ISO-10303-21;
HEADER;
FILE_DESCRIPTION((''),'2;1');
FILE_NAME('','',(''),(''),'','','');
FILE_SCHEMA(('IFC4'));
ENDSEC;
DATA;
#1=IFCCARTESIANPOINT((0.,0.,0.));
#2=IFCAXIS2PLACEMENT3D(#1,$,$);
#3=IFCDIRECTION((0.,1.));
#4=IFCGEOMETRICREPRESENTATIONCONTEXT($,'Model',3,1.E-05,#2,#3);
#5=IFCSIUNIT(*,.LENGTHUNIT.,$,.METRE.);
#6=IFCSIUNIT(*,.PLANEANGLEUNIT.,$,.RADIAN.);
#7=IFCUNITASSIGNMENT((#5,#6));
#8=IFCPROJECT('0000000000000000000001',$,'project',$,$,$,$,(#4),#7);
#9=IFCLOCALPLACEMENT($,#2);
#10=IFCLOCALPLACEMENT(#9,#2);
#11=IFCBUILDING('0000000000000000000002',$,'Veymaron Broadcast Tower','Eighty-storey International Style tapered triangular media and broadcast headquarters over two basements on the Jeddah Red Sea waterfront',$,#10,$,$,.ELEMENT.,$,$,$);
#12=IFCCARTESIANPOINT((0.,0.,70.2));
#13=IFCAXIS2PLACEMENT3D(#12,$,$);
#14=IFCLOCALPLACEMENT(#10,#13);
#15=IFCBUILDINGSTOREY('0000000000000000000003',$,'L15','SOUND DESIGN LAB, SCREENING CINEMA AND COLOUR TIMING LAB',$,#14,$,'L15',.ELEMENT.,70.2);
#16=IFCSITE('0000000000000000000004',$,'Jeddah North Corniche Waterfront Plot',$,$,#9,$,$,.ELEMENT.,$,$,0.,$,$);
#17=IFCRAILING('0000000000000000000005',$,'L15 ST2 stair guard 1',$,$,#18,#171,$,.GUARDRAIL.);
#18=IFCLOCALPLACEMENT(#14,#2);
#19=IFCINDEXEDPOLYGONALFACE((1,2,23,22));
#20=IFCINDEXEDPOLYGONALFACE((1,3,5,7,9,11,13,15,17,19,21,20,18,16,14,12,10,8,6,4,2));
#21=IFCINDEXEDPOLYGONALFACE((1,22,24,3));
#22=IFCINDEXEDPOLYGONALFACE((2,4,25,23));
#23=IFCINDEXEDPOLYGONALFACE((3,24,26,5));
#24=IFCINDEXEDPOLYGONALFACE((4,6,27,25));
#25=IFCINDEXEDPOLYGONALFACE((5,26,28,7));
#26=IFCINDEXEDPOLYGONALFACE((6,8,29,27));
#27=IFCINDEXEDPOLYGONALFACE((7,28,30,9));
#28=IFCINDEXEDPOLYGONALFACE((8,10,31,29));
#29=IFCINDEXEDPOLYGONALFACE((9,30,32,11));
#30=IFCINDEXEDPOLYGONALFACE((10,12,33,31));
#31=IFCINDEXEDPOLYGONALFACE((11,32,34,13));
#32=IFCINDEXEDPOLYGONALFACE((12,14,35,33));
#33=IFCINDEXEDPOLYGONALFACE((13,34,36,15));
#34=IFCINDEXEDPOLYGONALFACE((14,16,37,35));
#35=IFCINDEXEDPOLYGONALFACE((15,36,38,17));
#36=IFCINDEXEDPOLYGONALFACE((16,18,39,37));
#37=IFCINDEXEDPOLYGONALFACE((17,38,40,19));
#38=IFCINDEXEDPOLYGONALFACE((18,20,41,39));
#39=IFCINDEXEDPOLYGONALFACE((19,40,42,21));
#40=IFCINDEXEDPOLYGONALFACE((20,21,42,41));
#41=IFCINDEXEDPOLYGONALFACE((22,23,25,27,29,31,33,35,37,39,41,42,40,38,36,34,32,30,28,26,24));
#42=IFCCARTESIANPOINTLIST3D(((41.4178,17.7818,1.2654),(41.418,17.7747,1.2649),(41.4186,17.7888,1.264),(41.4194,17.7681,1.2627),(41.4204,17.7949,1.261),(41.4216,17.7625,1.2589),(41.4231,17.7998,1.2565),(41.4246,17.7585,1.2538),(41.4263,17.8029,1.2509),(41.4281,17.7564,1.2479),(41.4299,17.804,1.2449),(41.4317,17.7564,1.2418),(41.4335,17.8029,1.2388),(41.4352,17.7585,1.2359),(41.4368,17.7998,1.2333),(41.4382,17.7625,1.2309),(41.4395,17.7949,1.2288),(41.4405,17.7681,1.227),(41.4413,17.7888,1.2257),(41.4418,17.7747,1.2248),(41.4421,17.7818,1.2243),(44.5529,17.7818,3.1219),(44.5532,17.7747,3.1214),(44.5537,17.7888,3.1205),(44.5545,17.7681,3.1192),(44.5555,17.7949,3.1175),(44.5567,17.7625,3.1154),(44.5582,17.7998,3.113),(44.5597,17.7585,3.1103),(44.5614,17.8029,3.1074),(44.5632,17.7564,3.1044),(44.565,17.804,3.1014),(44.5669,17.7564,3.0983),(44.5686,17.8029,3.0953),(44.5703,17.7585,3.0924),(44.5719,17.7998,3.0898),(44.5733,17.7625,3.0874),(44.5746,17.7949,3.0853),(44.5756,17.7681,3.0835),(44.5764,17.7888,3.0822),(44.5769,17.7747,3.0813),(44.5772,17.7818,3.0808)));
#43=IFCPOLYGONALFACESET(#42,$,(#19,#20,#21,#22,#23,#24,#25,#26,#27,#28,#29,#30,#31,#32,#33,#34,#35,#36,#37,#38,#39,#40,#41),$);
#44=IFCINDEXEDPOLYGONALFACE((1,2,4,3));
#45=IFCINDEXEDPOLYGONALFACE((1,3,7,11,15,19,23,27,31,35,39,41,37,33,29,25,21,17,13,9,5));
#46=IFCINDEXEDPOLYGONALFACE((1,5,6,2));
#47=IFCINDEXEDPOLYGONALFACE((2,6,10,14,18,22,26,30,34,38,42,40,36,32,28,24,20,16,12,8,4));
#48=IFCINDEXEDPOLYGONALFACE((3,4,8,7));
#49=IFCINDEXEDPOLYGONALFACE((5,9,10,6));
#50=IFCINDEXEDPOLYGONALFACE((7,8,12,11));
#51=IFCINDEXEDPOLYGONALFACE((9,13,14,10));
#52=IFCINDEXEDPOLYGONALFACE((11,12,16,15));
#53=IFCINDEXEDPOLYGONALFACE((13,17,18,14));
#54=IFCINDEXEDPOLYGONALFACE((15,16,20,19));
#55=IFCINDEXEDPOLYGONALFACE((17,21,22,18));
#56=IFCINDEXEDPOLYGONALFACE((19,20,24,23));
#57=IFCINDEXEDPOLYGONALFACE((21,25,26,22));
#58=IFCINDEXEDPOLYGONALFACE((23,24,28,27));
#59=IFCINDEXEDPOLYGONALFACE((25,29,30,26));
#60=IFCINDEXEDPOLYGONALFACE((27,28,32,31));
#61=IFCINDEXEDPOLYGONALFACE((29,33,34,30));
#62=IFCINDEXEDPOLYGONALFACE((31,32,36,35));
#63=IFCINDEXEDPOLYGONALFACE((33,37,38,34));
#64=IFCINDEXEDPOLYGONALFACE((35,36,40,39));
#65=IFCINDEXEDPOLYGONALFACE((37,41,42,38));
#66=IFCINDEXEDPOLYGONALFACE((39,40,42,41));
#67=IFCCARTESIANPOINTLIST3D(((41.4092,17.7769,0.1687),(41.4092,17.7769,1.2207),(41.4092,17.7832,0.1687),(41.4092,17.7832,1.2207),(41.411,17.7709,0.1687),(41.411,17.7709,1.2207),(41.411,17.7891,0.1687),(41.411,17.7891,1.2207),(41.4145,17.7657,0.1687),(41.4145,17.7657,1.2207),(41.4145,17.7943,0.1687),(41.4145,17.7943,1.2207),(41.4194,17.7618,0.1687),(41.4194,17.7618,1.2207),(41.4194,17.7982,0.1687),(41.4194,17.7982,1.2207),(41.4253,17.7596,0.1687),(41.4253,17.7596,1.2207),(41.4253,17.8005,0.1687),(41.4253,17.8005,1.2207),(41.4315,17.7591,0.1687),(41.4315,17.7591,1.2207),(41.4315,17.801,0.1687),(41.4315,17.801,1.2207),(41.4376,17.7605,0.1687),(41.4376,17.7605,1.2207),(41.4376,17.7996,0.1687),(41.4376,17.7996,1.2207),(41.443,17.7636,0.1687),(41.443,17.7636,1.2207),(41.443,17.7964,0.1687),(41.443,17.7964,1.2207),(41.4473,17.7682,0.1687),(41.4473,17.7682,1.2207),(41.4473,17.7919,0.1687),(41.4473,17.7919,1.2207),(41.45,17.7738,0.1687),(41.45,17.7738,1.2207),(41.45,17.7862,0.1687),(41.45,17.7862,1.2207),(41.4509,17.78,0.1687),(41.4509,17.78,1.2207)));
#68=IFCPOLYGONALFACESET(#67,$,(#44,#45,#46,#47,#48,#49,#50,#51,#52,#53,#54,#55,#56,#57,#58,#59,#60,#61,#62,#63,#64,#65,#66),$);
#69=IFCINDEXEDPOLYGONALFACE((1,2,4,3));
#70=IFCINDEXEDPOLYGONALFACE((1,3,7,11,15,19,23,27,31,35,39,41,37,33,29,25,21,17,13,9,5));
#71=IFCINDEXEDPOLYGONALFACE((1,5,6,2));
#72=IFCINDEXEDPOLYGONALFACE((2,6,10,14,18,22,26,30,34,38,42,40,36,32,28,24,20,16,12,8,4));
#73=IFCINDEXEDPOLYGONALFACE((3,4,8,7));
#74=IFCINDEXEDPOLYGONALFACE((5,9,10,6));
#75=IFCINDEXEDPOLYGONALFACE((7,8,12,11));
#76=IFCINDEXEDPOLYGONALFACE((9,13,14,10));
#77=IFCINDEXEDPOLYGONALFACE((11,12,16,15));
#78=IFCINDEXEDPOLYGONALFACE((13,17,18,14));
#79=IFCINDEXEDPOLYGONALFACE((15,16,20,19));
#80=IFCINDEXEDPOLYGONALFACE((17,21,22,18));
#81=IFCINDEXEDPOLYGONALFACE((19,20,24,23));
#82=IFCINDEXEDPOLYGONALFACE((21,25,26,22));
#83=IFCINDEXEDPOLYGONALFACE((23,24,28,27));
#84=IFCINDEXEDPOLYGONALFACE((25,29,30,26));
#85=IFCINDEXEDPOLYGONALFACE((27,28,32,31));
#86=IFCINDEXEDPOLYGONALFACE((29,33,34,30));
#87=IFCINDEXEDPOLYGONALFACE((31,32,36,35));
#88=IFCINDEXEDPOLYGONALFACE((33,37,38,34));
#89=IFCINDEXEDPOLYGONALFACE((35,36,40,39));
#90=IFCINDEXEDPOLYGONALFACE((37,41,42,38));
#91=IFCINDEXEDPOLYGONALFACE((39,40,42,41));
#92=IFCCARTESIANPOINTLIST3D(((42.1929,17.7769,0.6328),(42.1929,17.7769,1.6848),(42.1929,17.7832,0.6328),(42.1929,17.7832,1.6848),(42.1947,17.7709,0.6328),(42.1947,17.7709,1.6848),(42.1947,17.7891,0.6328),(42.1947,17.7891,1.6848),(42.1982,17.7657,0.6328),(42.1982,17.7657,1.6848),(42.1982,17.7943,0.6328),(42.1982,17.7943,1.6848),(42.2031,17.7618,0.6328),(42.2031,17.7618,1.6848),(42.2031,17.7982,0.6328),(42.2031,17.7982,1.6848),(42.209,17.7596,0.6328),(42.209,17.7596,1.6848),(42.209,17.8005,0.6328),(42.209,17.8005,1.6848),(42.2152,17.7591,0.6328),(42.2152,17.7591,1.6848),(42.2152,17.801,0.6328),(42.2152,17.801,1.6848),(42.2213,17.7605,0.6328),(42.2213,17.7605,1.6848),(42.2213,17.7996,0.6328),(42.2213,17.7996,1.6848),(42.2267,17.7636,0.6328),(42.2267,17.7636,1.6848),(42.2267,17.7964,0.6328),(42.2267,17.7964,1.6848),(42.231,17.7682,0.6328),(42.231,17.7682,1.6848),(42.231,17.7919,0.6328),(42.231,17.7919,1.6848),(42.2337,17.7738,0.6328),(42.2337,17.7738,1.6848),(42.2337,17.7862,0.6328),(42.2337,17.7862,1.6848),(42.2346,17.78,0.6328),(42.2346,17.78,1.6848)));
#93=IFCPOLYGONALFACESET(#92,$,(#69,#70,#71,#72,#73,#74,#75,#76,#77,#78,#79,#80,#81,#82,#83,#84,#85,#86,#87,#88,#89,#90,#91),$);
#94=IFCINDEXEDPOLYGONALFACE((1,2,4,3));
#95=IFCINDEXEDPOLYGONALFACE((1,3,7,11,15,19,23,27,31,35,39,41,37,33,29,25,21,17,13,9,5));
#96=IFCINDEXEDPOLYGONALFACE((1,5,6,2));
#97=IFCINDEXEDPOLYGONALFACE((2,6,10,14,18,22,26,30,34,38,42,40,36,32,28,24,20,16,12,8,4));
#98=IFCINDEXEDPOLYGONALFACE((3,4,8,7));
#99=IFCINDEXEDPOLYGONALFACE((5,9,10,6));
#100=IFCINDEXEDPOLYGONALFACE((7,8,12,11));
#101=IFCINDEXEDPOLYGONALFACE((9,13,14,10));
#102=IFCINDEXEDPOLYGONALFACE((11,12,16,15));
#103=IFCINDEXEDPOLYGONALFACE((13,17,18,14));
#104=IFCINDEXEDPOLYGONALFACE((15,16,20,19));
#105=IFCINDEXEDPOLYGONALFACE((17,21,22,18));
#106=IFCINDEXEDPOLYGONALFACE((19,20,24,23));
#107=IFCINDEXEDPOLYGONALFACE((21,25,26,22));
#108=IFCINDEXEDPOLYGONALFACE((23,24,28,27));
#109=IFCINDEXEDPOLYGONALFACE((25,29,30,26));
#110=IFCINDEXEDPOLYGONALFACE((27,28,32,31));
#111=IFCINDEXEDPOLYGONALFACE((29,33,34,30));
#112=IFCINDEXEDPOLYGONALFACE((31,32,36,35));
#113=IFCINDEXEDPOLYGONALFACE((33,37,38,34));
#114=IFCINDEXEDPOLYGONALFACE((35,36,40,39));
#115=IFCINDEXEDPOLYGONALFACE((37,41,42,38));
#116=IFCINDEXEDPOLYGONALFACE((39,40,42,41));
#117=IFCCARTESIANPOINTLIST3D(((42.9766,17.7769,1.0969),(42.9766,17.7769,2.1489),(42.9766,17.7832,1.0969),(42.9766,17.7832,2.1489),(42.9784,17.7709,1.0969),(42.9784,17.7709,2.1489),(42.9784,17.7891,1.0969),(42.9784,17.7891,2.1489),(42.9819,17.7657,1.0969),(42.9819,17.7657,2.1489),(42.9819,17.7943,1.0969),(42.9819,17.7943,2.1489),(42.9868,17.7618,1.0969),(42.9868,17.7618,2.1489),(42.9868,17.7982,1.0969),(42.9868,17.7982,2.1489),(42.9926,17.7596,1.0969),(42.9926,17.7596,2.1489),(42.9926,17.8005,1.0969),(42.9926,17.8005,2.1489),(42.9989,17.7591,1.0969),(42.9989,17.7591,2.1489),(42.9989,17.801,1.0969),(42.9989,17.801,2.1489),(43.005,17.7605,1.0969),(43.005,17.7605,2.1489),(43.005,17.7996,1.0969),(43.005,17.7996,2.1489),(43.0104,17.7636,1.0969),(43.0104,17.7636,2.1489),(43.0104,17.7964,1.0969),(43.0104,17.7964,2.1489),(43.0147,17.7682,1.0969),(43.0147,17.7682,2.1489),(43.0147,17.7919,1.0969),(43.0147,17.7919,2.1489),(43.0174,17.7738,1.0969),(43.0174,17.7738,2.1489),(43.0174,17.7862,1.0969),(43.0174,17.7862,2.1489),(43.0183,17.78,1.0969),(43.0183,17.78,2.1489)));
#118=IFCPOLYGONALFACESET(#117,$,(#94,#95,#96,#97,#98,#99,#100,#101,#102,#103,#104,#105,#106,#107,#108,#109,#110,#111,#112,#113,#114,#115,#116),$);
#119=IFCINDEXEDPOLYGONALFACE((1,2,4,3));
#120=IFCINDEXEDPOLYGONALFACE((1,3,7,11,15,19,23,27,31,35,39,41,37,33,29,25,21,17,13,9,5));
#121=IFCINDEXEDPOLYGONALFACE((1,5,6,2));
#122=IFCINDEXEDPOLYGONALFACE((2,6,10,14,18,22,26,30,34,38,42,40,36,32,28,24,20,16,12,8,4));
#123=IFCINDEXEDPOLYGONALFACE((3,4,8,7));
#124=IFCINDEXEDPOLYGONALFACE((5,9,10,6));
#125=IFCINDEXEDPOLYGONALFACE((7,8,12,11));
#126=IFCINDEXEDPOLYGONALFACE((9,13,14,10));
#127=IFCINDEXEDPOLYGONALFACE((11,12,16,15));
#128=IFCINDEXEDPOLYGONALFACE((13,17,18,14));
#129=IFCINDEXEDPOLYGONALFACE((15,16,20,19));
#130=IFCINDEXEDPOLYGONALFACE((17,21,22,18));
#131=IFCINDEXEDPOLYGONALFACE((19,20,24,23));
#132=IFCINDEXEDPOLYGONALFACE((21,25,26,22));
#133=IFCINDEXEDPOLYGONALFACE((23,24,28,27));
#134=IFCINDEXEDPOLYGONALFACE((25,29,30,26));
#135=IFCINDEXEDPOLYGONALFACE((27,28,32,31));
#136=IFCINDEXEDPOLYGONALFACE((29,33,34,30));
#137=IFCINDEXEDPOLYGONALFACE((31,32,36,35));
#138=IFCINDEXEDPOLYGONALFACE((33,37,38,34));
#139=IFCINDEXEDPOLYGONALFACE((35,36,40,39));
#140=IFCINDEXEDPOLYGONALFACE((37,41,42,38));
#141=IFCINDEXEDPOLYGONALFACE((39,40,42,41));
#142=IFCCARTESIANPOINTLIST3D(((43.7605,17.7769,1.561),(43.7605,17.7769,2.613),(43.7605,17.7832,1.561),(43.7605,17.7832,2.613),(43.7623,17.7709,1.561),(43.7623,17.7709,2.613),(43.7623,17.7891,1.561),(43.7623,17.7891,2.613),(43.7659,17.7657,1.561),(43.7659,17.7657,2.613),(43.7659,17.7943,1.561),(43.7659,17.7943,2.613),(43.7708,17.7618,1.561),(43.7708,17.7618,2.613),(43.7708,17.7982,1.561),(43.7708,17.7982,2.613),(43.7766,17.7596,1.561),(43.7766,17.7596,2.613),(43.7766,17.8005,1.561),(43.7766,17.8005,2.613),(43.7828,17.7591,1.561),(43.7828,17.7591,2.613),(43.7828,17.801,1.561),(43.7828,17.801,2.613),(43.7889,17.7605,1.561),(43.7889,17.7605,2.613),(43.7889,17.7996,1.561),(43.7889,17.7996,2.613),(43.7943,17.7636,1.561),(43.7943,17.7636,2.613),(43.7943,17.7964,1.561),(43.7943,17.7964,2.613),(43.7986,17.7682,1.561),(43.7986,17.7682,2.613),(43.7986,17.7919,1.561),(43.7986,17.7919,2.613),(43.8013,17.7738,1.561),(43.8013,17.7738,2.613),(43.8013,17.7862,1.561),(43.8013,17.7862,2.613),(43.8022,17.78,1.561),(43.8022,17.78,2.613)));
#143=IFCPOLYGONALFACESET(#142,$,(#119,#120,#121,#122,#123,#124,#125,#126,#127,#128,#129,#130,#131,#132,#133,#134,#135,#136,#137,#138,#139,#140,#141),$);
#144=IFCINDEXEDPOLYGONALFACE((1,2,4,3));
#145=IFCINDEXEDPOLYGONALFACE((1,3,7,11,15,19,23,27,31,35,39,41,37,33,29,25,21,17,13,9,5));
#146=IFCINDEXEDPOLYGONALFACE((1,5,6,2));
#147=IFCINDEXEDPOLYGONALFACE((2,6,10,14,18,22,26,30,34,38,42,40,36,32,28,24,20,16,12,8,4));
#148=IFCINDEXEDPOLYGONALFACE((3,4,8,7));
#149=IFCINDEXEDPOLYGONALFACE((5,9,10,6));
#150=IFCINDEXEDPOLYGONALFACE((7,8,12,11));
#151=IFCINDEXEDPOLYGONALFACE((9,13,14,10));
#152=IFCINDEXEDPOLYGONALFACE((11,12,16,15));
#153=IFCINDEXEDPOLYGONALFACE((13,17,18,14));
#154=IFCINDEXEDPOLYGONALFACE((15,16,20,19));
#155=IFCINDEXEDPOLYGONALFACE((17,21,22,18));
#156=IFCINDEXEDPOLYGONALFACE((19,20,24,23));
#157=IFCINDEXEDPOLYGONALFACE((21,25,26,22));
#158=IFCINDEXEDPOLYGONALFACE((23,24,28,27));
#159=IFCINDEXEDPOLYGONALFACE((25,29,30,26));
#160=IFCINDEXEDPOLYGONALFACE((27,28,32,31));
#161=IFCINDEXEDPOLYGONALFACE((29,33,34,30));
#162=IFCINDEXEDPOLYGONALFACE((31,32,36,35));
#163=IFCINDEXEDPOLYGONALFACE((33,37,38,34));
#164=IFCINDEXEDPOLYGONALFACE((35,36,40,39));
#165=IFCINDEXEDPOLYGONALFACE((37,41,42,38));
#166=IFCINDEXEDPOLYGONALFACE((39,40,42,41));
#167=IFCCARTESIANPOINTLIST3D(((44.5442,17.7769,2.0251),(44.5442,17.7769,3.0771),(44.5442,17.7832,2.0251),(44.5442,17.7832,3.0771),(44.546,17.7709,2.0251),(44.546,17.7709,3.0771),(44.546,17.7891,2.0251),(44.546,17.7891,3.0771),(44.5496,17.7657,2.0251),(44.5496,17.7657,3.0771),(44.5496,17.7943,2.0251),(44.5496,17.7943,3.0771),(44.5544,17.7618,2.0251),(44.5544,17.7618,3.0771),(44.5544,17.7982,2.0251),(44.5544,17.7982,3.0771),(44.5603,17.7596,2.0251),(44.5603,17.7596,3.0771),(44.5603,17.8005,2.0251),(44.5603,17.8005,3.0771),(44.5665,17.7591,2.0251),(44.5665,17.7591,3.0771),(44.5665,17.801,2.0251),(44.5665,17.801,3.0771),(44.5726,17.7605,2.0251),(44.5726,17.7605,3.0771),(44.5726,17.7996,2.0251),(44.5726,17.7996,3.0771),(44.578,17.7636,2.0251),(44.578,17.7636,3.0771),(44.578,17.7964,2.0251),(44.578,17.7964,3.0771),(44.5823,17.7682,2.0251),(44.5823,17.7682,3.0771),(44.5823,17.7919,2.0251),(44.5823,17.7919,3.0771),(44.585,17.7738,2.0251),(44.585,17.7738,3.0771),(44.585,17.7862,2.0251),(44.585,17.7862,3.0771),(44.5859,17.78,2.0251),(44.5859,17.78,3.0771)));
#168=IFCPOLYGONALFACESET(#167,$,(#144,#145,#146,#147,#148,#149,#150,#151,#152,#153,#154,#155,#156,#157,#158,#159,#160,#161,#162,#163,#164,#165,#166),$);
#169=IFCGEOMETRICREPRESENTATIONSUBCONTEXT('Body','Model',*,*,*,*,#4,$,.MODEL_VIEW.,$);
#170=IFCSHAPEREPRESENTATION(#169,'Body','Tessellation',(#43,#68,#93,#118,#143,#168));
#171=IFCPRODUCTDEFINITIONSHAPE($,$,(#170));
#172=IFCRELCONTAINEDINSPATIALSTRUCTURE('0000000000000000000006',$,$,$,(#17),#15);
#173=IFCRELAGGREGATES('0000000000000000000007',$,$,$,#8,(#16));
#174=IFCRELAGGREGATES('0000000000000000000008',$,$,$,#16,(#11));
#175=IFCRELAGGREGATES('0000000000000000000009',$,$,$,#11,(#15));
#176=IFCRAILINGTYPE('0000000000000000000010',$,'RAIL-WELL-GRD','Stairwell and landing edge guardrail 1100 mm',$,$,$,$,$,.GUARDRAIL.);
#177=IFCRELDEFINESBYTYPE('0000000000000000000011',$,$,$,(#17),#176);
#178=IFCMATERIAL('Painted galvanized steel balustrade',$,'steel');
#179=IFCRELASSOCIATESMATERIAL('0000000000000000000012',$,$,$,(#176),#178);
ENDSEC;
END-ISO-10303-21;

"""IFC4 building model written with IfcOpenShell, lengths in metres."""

from ifc_helpers import new_model, si_unit, direction, frame, origin, origin_2d, place, context, subcontext, project, spatial, circle, extrude, material, type_object, element, save


model = new_model("IFC4")

# Units and contexts
model_context = context("Model", 3, precision=1e-05, world=origin(), true_north=direction((0.0, 1.0)))
body_context = subcontext(model_context, "Body", "Model", "MODEL_VIEW")
ifc_project = project(units=[si_unit("LENGTHUNIT", "METRE"), si_unit("PLANEANGLEUNIT", "RADIAN")], contexts=[model_context])

# Site, building, storey
site_placement = place(None, origin())
site = spatial("IfcSite", under=ifc_project, at=site_placement, Name="Jeddah North Corniche Waterfront Plot", CompositionType="ELEMENT", RefElevation=0.0)
building_placement = place(site_placement, origin())
building = spatial("IfcBuilding", under=site, at=building_placement, Name="Veymaron Broadcast Tower", Description="Eighty-storey International Style tapered triangular media and broadcast headquarters over two basements on the Jeddah Red Sea waterfront", CompositionType="ELEMENT")
storey_placement = place(building_placement, frame((0.0, 0.0, 70.2)))
storey = spatial("IfcBuildingStorey", under=building, at=storey_placement, Name="L15", Description="SOUND DESIGN LAB, SCREENING CINEMA AND COLOUR TIMING LAB", LongName="L15", CompositionType="ELEMENT", Elevation=70.2)

# Railing
ifc_material_1 = material(Name="Painted galvanized steel balustrade", Category="steel")
railing_type_1 = type_object("IfcRailingType", Name="RAIL-WELL-GRD", Description="Stairwell and landing edge guardrail 1100 mm", PredefinedType="GUARDRAIL", material=ifc_material_1)
railing_1_placement = place(storey_placement, frame((41.4299, 17.78, 0.1687)))
element("IfcRailing", 1, at=railing_1_placement, inside=storey, type_object=railing_type_1, Name="L15 ST2 stair guard 1", PredefinedType="GUARDRAIL", context=body_context, shape_type="SweptSolid", body=[
    extrude(circle(Radius=0.0239, at=origin_2d()), frame((0.0, 0.0, 1.0762), z_axis=(0.860453, 0.0, 0.509531), x_axis=(0.0, 1.0, 0.0)), (0.0, 0.0, 1.0), 3.6436),
    extrude(circle(Radius=0.021, at=origin_2d()), origin(), (0.0, 0.0, 1.0), 1.052),
    extrude(circle(Radius=0.021, at=origin_2d()), frame((0.7837, 0.0, 0.4641)), (0.0, 0.0, 1.0), 1.052),
    extrude(circle(Radius=0.021, at=origin_2d()), frame((1.5674, 0.0, 0.9282)), (0.0, 0.0, 1.0), 1.052),
    extrude(circle(Radius=0.021, at=origin_2d()), frame((2.3513, 0.0, 1.3923)), (0.0, 0.0, 1.0), 1.052),
    extrude(circle(Radius=0.021, at=origin_2d()), frame((3.135, 0.0, 1.8564)), (0.0, 0.0, 1.0), 1.052),
])

save(model, "model.ifc")
